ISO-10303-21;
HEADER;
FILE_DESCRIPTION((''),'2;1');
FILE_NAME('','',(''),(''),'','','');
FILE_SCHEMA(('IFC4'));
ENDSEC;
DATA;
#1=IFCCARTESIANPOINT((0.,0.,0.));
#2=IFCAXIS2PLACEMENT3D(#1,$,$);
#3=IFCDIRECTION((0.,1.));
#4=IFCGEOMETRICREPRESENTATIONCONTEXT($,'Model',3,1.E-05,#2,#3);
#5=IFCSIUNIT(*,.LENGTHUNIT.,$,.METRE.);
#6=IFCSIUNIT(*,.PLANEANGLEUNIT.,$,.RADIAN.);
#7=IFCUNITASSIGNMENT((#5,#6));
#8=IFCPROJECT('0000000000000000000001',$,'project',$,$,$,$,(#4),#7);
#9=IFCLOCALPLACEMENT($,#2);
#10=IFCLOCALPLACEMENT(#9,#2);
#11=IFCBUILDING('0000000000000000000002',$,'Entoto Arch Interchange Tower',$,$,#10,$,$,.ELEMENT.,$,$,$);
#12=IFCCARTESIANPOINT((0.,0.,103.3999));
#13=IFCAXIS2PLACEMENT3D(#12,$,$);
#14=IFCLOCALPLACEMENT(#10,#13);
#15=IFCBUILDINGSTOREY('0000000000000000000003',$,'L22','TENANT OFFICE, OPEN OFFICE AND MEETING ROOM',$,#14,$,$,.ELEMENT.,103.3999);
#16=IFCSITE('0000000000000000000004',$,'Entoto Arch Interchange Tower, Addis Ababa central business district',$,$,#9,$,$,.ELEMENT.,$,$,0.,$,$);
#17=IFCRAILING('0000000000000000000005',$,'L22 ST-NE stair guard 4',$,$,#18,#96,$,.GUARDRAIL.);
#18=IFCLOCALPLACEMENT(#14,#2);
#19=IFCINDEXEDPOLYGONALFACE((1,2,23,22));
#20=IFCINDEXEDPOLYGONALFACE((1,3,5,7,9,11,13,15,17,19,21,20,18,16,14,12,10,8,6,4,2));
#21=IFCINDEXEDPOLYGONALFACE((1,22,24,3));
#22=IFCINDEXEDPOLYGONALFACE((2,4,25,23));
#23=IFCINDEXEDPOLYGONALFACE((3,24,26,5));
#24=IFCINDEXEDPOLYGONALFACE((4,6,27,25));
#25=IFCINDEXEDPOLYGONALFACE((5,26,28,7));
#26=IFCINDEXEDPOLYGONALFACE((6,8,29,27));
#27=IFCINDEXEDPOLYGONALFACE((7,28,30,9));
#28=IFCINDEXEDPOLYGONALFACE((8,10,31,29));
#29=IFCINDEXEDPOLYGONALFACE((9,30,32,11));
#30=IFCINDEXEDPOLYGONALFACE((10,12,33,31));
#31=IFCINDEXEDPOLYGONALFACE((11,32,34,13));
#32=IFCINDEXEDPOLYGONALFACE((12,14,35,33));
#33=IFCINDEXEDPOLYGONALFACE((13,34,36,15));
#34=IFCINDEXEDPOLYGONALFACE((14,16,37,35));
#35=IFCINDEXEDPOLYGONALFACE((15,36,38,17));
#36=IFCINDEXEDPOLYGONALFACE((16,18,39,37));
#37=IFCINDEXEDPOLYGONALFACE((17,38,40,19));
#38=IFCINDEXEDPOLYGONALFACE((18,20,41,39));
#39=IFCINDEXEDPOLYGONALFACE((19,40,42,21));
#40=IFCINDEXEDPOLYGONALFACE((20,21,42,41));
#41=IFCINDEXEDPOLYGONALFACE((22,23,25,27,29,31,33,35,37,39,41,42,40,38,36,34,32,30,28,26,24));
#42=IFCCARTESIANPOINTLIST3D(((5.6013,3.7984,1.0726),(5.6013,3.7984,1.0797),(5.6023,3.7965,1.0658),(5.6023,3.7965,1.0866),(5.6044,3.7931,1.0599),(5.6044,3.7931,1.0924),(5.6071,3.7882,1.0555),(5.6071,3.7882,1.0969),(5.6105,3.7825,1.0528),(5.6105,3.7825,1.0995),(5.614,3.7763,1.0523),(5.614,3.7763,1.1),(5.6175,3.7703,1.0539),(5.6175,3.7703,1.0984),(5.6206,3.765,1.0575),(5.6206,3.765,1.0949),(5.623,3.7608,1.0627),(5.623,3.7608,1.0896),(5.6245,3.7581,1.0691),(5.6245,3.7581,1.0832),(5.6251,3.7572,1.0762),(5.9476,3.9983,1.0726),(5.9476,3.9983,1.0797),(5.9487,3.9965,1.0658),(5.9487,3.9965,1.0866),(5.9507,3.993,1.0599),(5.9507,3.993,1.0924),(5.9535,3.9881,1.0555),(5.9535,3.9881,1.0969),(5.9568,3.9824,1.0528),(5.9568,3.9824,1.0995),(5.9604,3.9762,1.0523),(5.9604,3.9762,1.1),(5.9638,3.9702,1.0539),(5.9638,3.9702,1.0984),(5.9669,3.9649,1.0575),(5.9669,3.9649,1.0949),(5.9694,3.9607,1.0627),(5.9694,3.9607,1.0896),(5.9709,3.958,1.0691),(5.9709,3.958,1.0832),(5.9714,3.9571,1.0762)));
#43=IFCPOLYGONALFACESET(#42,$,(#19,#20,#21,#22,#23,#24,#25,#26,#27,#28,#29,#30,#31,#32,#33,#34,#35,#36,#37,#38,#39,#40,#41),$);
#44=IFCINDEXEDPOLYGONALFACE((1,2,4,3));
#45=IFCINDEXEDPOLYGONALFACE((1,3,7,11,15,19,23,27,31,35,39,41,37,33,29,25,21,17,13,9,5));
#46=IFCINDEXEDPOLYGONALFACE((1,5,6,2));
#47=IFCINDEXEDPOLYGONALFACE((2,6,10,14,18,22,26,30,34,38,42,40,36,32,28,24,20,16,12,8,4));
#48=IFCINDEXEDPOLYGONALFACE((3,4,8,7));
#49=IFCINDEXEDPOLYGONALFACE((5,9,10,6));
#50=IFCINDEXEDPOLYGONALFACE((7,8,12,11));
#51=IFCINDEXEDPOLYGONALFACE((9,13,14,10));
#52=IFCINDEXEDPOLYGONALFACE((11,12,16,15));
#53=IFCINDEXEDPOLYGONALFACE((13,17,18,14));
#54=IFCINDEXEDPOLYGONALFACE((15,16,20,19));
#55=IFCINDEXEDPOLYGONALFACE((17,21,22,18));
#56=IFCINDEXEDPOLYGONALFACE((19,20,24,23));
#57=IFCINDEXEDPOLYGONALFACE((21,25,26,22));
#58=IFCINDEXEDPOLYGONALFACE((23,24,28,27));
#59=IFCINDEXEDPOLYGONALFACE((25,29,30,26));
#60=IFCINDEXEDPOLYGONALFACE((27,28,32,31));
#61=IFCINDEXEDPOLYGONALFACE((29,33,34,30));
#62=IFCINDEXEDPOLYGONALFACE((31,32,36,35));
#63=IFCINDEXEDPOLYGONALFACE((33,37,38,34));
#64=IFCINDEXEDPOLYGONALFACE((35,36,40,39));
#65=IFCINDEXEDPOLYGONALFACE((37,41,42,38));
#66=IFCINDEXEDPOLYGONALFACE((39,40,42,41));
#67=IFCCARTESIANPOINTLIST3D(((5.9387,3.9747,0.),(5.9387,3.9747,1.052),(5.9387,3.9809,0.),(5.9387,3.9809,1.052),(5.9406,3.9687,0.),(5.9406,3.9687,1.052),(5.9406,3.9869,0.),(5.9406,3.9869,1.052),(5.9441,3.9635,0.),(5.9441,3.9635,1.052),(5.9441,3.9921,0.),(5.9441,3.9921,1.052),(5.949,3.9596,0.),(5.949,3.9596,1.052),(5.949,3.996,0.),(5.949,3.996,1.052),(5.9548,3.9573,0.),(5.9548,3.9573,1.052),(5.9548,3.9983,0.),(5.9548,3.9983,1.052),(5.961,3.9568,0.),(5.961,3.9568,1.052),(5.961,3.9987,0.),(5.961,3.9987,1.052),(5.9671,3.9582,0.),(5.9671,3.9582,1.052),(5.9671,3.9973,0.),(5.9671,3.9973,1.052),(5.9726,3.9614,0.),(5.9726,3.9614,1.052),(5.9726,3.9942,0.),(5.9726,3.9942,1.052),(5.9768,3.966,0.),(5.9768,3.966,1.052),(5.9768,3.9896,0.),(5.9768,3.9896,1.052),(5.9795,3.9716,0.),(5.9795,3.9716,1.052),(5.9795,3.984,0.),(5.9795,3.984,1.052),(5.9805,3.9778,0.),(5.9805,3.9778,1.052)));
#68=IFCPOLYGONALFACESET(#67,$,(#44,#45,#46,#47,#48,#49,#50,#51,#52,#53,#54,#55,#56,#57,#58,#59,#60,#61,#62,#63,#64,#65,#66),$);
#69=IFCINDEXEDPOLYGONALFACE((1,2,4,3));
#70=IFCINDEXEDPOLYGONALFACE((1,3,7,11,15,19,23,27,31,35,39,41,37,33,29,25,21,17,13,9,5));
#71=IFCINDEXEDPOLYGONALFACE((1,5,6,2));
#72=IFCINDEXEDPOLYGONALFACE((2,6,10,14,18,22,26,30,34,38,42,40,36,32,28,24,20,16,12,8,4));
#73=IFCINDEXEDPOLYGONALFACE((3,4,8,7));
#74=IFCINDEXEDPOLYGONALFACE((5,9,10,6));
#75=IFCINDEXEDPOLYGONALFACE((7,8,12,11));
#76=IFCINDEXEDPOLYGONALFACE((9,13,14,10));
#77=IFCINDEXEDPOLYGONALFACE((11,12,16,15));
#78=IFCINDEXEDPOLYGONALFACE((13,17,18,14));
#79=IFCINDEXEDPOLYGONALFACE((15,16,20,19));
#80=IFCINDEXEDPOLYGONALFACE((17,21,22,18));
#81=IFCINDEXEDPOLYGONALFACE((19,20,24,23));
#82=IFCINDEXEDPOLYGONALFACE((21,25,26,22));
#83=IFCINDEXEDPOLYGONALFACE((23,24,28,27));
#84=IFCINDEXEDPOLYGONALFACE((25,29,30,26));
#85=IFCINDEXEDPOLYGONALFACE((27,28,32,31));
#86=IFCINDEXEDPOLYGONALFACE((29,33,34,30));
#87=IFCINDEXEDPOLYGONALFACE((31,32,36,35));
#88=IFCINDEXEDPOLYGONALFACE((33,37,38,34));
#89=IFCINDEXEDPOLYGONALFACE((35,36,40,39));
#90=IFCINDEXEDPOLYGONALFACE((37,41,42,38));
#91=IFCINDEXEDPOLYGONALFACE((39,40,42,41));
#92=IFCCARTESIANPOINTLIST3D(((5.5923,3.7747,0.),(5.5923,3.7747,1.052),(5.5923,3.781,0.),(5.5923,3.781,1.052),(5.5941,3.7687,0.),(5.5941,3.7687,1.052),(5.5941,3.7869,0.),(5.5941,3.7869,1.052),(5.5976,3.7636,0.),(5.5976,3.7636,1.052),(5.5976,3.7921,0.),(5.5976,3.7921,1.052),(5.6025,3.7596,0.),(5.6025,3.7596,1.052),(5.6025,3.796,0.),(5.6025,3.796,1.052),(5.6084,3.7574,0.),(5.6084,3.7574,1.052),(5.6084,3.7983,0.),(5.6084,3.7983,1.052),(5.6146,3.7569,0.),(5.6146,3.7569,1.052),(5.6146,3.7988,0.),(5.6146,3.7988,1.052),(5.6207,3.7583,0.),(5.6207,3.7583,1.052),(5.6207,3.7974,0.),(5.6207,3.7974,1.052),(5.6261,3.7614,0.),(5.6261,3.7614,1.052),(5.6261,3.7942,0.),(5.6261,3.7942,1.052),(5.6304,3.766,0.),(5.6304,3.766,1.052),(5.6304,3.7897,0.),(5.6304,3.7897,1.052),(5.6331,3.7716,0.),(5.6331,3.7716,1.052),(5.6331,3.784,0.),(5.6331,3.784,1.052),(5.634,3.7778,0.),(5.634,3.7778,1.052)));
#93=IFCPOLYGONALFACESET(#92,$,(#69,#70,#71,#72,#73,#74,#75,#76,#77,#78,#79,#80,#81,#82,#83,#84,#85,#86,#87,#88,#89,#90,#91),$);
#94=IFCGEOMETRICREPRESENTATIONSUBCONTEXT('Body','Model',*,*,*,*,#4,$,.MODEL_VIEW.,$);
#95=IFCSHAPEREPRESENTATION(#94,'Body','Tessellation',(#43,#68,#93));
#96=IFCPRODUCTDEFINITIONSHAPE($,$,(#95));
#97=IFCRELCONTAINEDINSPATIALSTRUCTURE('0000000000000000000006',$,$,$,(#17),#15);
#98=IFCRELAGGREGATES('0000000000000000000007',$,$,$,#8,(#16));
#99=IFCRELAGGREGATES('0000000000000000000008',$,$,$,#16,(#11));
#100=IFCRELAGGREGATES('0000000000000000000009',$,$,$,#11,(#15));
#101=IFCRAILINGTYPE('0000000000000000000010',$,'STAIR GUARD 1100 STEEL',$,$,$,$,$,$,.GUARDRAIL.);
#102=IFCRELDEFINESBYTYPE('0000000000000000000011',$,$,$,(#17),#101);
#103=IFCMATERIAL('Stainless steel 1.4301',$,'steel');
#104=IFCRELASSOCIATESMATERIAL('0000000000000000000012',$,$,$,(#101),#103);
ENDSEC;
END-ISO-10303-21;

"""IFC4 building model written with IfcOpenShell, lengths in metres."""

from ifc_helpers import new_model, si_unit, direction, frame, origin, origin_2d, place, context, subcontext, project, spatial, circle, extrude, material, type_object, element, save


model = new_model("IFC4")

# Units and contexts
model_context = context("Model", 3, precision=1e-05, world=origin(), true_north=direction((0.0, 1.0)))
body_context = subcontext(model_context, "Body", "Model", "MODEL_VIEW")
ifc_project = project(units=[si_unit("LENGTHUNIT", "METRE"), si_unit("PLANEANGLEUNIT", "RADIAN")], contexts=[model_context])

# Site, building, storey
site_placement = place(None, origin())
site = spatial("IfcSite", under=ifc_project, at=site_placement, Name="Entoto Arch Interchange Tower, Addis Ababa central business district", CompositionType="ELEMENT", RefElevation=0.0)
building_placement = place(site_placement, origin())
building = spatial("IfcBuilding", under=site, at=building_placement, Name="Entoto Arch Interchange Tower", CompositionType="ELEMENT")
storey_placement = place(building_placement, frame((0.0, 0.0, 103.3999)))
storey = spatial("IfcBuildingStorey", under=building, at=storey_placement, Name="L22", Description="TENANT OFFICE, OPEN OFFICE AND MEETING ROOM", CompositionType="ELEMENT", Elevation=103.3999)

# Railing
ifc_material_1 = material(Name="Stainless steel 1.4301", Category="steel")
railing_type_1 = type_object("IfcRailingType", Name="STAIR GUARD 1100 STEEL", PredefinedType="GUARDRAIL", material=ifc_material_1)
railing_1_placement = place(storey_placement, frame((5.9595, 3.9778, 0.0)))
element("IfcRailing", 1, at=railing_1_placement, inside=storey, type_object=railing_type_1, Name="L22 ST-NE stair guard 4", PredefinedType="GUARDRAIL", context=body_context, shape_type="SweptSolid", body=[
    extrude(circle(Radius=0.0239, at=origin_2d()), frame((0.0, 0.0, 1.0762), z_axis=(-0.866094, -0.499881, 0.0), x_axis=(0.499881, -0.866094, 0.0)), (0.0, 0.0, 1.0), 0.3999),
    extrude(circle(Radius=0.021, at=origin_2d()), origin(), (0.0, 0.0, 1.0), 1.052),
    extrude(circle(Radius=0.021, at=origin_2d()), frame((-0.3464, -0.2, 0.0)), (0.0, 0.0, 1.0), 1.052),
])

save(model, "model.ifc")
